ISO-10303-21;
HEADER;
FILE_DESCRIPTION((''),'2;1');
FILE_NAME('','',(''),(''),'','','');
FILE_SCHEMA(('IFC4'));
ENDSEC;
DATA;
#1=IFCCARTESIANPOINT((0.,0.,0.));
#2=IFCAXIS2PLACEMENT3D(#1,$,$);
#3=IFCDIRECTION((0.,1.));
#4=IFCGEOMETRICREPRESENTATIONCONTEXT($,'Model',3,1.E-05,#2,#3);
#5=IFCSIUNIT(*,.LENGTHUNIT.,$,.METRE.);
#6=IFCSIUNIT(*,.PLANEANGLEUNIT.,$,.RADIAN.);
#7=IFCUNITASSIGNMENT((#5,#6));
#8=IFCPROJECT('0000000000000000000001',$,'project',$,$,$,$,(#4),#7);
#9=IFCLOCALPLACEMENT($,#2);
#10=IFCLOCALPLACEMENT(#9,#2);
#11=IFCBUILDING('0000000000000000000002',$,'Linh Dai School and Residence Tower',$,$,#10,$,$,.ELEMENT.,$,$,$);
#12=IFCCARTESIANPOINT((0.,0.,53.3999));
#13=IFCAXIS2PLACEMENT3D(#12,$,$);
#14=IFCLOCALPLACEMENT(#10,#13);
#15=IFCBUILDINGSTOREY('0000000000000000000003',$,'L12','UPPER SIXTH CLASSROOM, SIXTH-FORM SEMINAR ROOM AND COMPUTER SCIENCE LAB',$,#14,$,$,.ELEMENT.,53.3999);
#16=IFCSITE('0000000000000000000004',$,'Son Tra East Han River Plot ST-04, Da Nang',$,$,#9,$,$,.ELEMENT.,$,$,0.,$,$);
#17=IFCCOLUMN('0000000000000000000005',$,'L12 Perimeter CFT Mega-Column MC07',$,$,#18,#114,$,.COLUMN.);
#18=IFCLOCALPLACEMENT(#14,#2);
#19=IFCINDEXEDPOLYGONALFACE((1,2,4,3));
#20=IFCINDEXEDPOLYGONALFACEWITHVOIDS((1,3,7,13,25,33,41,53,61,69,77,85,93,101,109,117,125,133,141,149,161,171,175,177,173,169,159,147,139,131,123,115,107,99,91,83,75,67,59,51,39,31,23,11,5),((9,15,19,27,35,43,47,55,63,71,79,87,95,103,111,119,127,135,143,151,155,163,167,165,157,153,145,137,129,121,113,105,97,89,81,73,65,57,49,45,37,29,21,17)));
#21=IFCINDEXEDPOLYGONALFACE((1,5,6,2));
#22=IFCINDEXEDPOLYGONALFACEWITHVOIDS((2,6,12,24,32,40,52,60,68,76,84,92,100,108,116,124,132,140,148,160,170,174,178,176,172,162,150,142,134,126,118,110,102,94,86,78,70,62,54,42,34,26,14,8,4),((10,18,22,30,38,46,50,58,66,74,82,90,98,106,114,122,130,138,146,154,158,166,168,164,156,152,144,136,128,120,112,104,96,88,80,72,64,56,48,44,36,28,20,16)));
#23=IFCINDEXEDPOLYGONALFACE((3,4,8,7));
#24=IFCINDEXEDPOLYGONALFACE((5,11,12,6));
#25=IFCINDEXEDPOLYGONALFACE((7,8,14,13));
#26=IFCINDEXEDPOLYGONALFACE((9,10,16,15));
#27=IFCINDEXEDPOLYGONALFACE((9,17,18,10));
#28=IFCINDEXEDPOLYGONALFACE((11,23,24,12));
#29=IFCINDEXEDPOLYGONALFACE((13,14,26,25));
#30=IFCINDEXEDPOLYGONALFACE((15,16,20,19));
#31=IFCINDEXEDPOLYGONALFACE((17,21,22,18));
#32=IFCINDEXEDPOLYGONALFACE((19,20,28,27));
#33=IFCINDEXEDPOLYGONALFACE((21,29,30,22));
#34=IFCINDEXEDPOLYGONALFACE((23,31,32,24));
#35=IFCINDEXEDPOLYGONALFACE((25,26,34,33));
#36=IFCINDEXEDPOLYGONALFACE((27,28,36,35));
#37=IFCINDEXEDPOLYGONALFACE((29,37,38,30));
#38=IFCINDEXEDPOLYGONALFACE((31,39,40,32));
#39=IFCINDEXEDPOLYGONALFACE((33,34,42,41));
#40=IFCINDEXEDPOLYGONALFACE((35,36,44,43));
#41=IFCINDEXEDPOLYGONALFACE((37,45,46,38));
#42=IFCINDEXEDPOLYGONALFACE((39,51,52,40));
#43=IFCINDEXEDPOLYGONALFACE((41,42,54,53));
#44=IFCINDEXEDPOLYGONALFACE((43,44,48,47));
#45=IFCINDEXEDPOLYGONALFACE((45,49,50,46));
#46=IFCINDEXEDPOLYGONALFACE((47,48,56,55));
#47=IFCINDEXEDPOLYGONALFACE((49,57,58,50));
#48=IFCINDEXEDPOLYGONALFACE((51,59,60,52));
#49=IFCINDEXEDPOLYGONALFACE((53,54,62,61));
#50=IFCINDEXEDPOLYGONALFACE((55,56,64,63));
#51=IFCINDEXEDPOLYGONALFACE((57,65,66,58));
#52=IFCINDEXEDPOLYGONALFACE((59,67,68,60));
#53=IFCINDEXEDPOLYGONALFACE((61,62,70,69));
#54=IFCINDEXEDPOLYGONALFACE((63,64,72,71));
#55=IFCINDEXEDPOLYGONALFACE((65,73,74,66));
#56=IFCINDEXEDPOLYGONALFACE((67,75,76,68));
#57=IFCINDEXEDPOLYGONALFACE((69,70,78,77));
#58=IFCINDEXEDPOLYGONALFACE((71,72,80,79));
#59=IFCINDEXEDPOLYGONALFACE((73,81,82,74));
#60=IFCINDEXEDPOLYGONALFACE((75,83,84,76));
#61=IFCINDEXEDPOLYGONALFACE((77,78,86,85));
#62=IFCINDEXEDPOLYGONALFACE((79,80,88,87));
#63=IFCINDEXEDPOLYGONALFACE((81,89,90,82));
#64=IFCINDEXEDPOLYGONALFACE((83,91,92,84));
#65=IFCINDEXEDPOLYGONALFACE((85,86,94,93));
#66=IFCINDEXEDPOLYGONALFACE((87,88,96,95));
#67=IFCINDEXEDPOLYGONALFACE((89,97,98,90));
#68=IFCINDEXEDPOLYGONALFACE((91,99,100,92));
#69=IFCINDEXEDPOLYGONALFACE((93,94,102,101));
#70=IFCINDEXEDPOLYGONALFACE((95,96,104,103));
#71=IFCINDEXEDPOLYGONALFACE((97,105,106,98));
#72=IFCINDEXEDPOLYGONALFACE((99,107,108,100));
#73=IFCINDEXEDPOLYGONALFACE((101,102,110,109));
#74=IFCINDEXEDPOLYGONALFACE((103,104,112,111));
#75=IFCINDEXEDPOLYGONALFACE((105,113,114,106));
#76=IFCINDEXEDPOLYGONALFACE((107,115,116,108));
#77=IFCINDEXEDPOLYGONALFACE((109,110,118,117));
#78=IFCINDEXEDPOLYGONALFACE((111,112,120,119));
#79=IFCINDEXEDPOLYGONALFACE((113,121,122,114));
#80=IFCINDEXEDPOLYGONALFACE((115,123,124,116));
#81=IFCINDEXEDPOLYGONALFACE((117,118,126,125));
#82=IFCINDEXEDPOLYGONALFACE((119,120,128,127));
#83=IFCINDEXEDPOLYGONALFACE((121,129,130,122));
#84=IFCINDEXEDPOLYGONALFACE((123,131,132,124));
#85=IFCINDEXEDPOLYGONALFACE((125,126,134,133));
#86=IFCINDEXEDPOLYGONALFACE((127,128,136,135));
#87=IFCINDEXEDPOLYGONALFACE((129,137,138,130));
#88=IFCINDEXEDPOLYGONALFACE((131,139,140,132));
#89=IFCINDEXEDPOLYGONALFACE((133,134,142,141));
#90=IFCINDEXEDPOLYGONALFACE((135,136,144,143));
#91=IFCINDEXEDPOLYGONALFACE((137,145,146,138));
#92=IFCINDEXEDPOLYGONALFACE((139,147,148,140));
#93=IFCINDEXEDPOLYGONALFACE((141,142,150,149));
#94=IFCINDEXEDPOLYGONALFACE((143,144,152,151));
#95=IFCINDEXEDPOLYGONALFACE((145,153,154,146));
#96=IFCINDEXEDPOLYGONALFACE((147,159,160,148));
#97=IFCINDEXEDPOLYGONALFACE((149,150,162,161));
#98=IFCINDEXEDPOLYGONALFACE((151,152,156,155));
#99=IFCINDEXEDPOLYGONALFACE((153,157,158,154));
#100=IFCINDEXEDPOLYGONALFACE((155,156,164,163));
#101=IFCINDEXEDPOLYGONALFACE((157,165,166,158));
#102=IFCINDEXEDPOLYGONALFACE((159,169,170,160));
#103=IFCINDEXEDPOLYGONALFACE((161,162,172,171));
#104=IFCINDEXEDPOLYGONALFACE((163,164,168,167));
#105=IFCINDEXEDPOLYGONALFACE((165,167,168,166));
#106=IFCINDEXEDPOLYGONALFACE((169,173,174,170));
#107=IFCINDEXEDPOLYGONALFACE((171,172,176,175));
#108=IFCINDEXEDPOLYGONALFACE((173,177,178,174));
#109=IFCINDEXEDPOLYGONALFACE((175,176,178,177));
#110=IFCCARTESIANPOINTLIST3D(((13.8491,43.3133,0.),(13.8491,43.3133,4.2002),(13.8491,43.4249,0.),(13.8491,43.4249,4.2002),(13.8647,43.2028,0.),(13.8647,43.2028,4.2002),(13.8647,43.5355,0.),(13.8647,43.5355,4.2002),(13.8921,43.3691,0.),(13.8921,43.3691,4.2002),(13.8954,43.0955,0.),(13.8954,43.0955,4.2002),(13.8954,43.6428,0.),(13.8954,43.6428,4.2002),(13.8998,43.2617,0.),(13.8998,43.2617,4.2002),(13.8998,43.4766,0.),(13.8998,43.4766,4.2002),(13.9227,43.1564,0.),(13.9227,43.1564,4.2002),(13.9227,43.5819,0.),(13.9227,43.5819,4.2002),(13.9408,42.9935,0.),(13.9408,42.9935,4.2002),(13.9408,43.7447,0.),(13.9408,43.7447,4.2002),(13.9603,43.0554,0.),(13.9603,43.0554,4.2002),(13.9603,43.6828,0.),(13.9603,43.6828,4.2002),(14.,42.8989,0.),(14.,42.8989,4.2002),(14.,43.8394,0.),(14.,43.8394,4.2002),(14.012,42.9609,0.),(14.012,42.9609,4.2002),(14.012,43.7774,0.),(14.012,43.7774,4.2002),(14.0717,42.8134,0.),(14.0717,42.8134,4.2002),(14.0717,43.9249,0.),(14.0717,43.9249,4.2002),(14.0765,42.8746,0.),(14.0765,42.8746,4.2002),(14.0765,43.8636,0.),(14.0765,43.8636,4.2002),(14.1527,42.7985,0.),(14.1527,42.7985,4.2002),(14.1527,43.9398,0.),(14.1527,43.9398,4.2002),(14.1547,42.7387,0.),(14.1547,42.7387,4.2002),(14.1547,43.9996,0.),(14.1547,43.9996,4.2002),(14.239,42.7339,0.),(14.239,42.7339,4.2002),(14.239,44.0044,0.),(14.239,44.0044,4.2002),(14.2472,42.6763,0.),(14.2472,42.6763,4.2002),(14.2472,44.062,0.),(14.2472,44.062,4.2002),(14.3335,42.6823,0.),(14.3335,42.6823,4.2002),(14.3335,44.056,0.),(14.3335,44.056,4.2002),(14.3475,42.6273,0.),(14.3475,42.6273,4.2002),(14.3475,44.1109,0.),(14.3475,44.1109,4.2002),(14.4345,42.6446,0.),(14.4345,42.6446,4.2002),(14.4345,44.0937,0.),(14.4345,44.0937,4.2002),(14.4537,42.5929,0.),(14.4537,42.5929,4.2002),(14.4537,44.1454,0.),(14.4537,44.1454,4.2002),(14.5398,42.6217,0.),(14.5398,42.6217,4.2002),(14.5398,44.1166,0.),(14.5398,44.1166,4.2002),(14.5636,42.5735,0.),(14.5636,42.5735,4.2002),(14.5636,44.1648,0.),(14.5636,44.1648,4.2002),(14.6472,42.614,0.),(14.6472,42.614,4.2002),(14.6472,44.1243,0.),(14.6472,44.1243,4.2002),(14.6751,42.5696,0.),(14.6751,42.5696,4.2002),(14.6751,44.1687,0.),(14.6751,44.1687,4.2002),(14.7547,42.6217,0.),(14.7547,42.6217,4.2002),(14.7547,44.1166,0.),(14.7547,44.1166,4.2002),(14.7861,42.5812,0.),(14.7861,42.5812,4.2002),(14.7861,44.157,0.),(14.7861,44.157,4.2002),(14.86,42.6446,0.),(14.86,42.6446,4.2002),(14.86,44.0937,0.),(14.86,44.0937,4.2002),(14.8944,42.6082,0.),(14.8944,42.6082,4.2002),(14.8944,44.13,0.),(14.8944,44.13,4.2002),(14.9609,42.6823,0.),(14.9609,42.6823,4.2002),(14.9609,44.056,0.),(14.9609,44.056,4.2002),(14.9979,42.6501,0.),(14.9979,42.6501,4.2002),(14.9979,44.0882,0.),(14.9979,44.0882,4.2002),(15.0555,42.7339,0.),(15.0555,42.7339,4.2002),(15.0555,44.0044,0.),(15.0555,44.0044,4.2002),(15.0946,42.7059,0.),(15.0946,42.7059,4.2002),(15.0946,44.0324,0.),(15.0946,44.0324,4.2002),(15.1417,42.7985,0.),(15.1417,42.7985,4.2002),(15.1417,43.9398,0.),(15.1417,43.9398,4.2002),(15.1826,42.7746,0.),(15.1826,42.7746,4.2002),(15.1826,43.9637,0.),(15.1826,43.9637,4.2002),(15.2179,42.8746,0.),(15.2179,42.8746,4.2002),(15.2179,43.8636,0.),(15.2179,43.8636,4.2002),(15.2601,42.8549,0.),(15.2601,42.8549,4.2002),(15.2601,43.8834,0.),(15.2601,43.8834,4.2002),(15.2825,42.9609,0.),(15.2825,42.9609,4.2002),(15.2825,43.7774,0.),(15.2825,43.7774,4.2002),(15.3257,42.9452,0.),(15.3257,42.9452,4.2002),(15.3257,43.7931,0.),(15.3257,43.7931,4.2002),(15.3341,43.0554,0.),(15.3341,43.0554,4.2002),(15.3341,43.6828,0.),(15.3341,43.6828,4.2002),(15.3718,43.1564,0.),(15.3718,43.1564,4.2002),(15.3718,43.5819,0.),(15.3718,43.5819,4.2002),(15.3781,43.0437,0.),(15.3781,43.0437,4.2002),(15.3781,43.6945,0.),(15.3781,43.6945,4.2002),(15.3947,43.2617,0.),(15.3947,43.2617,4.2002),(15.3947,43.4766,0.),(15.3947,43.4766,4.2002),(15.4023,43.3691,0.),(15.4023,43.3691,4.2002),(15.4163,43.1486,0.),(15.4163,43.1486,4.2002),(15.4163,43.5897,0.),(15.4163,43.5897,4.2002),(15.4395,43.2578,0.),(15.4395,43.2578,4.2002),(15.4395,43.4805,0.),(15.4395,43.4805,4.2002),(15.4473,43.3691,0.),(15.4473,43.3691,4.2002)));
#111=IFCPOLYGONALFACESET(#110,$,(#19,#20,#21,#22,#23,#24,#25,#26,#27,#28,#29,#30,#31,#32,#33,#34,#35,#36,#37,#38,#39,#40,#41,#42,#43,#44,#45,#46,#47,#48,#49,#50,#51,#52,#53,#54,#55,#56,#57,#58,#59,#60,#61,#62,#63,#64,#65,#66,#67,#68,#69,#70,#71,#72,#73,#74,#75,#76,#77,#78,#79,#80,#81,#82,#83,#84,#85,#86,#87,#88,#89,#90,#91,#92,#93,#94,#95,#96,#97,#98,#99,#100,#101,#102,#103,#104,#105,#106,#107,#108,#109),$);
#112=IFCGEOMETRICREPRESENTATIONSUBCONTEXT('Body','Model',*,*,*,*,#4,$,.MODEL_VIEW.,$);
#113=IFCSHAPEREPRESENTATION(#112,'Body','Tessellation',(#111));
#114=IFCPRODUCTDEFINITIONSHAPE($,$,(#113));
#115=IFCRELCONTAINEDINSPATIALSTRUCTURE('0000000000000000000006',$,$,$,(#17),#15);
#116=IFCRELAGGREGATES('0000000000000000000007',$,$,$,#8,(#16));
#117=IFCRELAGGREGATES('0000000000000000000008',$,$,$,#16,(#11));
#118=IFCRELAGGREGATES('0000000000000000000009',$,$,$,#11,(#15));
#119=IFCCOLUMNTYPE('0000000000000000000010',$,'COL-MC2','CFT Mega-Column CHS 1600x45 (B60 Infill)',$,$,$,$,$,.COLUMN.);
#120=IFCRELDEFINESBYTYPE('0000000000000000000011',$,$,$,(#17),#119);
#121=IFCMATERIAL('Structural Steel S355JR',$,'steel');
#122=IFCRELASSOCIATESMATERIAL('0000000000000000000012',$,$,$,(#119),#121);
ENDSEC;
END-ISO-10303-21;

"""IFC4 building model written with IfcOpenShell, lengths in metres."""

from ifc_helpers import new_model, si_unit, direction, frame, origin, origin_2d, place, context, subcontext, project, spatial, hollow_circle, extrude, material, material_profile, profile_set, type_object, element, save


model = new_model("IFC4")

# Units and contexts
model_context = context("Model", 3, precision=1e-05, world=origin(), true_north=direction((0.0, 1.0)))
body_context = subcontext(model_context, "Body", "Model", "MODEL_VIEW")
ifc_project = project(units=[si_unit("LENGTHUNIT", "METRE"), si_unit("PLANEANGLEUNIT", "RADIAN")], contexts=[model_context])

# Site, building, storey
site_placement = place(None, origin())
site = spatial("IfcSite", under=ifc_project, at=site_placement, Name="Son Tra East Han River Plot ST-04, Da Nang", CompositionType="ELEMENT", RefElevation=0.0)
building_placement = place(site_placement, origin())
building = spatial("IfcBuilding", under=site, at=building_placement, Name="Linh Dai School and Residence Tower", CompositionType="ELEMENT")
storey_placement = place(building_placement, frame((0.0, 0.0, 53.3999)))
storey = spatial("IfcBuildingStorey", under=building, at=storey_placement, Name="L12", Description="UPPER SIXTH CLASSROOM, SIXTH-FORM SEMINAR ROOM AND COMPUTER SCIENCE LAB", CompositionType="ELEMENT", Elevation=53.3999)

# Column
ifc_material_1 = material(Name="Structural Steel S355JR", Category="steel")
ifc_material_profile_1 = material_profile(ifc_material_1, hollow_circle(Radius=0.8, WallThickness=0.0449, at=origin_2d()), Name="CHS 1600x45")
ifc_profile_set_1 = profile_set([ifc_material_profile_1], Name="Structural Steel S355JR")
column_type = type_object("IfcColumnType", Name="COL-MC2", Description="CFT Mega-Column CHS 1600x45 (B60 Infill)", PredefinedType="COLUMN", material=ifc_profile_set_1)
for number, where, z_axis, x_axis, name in (
    (1, (14.6472, 43.3691, 0.0), (0.0, 0.0, 1.0), (1.0, 0.0, 0.0), "L12 Perimeter CFT Mega-Column MC07"),
):
    element("IfcColumn", number, at=place(storey_placement, frame(where, z_axis=z_axis, x_axis=x_axis)), inside=storey, type_object=column_type, Name=name, PredefinedType="COLUMN", context=body_context, shape_type="SweptSolid", body=[
        extrude(hollow_circle(Radius=0.8, WallThickness=0.0449, at=origin_2d()), origin(), (0.0, 0.0, 1.0), 4.2002),
    ])

save(model, "model.ifc")
